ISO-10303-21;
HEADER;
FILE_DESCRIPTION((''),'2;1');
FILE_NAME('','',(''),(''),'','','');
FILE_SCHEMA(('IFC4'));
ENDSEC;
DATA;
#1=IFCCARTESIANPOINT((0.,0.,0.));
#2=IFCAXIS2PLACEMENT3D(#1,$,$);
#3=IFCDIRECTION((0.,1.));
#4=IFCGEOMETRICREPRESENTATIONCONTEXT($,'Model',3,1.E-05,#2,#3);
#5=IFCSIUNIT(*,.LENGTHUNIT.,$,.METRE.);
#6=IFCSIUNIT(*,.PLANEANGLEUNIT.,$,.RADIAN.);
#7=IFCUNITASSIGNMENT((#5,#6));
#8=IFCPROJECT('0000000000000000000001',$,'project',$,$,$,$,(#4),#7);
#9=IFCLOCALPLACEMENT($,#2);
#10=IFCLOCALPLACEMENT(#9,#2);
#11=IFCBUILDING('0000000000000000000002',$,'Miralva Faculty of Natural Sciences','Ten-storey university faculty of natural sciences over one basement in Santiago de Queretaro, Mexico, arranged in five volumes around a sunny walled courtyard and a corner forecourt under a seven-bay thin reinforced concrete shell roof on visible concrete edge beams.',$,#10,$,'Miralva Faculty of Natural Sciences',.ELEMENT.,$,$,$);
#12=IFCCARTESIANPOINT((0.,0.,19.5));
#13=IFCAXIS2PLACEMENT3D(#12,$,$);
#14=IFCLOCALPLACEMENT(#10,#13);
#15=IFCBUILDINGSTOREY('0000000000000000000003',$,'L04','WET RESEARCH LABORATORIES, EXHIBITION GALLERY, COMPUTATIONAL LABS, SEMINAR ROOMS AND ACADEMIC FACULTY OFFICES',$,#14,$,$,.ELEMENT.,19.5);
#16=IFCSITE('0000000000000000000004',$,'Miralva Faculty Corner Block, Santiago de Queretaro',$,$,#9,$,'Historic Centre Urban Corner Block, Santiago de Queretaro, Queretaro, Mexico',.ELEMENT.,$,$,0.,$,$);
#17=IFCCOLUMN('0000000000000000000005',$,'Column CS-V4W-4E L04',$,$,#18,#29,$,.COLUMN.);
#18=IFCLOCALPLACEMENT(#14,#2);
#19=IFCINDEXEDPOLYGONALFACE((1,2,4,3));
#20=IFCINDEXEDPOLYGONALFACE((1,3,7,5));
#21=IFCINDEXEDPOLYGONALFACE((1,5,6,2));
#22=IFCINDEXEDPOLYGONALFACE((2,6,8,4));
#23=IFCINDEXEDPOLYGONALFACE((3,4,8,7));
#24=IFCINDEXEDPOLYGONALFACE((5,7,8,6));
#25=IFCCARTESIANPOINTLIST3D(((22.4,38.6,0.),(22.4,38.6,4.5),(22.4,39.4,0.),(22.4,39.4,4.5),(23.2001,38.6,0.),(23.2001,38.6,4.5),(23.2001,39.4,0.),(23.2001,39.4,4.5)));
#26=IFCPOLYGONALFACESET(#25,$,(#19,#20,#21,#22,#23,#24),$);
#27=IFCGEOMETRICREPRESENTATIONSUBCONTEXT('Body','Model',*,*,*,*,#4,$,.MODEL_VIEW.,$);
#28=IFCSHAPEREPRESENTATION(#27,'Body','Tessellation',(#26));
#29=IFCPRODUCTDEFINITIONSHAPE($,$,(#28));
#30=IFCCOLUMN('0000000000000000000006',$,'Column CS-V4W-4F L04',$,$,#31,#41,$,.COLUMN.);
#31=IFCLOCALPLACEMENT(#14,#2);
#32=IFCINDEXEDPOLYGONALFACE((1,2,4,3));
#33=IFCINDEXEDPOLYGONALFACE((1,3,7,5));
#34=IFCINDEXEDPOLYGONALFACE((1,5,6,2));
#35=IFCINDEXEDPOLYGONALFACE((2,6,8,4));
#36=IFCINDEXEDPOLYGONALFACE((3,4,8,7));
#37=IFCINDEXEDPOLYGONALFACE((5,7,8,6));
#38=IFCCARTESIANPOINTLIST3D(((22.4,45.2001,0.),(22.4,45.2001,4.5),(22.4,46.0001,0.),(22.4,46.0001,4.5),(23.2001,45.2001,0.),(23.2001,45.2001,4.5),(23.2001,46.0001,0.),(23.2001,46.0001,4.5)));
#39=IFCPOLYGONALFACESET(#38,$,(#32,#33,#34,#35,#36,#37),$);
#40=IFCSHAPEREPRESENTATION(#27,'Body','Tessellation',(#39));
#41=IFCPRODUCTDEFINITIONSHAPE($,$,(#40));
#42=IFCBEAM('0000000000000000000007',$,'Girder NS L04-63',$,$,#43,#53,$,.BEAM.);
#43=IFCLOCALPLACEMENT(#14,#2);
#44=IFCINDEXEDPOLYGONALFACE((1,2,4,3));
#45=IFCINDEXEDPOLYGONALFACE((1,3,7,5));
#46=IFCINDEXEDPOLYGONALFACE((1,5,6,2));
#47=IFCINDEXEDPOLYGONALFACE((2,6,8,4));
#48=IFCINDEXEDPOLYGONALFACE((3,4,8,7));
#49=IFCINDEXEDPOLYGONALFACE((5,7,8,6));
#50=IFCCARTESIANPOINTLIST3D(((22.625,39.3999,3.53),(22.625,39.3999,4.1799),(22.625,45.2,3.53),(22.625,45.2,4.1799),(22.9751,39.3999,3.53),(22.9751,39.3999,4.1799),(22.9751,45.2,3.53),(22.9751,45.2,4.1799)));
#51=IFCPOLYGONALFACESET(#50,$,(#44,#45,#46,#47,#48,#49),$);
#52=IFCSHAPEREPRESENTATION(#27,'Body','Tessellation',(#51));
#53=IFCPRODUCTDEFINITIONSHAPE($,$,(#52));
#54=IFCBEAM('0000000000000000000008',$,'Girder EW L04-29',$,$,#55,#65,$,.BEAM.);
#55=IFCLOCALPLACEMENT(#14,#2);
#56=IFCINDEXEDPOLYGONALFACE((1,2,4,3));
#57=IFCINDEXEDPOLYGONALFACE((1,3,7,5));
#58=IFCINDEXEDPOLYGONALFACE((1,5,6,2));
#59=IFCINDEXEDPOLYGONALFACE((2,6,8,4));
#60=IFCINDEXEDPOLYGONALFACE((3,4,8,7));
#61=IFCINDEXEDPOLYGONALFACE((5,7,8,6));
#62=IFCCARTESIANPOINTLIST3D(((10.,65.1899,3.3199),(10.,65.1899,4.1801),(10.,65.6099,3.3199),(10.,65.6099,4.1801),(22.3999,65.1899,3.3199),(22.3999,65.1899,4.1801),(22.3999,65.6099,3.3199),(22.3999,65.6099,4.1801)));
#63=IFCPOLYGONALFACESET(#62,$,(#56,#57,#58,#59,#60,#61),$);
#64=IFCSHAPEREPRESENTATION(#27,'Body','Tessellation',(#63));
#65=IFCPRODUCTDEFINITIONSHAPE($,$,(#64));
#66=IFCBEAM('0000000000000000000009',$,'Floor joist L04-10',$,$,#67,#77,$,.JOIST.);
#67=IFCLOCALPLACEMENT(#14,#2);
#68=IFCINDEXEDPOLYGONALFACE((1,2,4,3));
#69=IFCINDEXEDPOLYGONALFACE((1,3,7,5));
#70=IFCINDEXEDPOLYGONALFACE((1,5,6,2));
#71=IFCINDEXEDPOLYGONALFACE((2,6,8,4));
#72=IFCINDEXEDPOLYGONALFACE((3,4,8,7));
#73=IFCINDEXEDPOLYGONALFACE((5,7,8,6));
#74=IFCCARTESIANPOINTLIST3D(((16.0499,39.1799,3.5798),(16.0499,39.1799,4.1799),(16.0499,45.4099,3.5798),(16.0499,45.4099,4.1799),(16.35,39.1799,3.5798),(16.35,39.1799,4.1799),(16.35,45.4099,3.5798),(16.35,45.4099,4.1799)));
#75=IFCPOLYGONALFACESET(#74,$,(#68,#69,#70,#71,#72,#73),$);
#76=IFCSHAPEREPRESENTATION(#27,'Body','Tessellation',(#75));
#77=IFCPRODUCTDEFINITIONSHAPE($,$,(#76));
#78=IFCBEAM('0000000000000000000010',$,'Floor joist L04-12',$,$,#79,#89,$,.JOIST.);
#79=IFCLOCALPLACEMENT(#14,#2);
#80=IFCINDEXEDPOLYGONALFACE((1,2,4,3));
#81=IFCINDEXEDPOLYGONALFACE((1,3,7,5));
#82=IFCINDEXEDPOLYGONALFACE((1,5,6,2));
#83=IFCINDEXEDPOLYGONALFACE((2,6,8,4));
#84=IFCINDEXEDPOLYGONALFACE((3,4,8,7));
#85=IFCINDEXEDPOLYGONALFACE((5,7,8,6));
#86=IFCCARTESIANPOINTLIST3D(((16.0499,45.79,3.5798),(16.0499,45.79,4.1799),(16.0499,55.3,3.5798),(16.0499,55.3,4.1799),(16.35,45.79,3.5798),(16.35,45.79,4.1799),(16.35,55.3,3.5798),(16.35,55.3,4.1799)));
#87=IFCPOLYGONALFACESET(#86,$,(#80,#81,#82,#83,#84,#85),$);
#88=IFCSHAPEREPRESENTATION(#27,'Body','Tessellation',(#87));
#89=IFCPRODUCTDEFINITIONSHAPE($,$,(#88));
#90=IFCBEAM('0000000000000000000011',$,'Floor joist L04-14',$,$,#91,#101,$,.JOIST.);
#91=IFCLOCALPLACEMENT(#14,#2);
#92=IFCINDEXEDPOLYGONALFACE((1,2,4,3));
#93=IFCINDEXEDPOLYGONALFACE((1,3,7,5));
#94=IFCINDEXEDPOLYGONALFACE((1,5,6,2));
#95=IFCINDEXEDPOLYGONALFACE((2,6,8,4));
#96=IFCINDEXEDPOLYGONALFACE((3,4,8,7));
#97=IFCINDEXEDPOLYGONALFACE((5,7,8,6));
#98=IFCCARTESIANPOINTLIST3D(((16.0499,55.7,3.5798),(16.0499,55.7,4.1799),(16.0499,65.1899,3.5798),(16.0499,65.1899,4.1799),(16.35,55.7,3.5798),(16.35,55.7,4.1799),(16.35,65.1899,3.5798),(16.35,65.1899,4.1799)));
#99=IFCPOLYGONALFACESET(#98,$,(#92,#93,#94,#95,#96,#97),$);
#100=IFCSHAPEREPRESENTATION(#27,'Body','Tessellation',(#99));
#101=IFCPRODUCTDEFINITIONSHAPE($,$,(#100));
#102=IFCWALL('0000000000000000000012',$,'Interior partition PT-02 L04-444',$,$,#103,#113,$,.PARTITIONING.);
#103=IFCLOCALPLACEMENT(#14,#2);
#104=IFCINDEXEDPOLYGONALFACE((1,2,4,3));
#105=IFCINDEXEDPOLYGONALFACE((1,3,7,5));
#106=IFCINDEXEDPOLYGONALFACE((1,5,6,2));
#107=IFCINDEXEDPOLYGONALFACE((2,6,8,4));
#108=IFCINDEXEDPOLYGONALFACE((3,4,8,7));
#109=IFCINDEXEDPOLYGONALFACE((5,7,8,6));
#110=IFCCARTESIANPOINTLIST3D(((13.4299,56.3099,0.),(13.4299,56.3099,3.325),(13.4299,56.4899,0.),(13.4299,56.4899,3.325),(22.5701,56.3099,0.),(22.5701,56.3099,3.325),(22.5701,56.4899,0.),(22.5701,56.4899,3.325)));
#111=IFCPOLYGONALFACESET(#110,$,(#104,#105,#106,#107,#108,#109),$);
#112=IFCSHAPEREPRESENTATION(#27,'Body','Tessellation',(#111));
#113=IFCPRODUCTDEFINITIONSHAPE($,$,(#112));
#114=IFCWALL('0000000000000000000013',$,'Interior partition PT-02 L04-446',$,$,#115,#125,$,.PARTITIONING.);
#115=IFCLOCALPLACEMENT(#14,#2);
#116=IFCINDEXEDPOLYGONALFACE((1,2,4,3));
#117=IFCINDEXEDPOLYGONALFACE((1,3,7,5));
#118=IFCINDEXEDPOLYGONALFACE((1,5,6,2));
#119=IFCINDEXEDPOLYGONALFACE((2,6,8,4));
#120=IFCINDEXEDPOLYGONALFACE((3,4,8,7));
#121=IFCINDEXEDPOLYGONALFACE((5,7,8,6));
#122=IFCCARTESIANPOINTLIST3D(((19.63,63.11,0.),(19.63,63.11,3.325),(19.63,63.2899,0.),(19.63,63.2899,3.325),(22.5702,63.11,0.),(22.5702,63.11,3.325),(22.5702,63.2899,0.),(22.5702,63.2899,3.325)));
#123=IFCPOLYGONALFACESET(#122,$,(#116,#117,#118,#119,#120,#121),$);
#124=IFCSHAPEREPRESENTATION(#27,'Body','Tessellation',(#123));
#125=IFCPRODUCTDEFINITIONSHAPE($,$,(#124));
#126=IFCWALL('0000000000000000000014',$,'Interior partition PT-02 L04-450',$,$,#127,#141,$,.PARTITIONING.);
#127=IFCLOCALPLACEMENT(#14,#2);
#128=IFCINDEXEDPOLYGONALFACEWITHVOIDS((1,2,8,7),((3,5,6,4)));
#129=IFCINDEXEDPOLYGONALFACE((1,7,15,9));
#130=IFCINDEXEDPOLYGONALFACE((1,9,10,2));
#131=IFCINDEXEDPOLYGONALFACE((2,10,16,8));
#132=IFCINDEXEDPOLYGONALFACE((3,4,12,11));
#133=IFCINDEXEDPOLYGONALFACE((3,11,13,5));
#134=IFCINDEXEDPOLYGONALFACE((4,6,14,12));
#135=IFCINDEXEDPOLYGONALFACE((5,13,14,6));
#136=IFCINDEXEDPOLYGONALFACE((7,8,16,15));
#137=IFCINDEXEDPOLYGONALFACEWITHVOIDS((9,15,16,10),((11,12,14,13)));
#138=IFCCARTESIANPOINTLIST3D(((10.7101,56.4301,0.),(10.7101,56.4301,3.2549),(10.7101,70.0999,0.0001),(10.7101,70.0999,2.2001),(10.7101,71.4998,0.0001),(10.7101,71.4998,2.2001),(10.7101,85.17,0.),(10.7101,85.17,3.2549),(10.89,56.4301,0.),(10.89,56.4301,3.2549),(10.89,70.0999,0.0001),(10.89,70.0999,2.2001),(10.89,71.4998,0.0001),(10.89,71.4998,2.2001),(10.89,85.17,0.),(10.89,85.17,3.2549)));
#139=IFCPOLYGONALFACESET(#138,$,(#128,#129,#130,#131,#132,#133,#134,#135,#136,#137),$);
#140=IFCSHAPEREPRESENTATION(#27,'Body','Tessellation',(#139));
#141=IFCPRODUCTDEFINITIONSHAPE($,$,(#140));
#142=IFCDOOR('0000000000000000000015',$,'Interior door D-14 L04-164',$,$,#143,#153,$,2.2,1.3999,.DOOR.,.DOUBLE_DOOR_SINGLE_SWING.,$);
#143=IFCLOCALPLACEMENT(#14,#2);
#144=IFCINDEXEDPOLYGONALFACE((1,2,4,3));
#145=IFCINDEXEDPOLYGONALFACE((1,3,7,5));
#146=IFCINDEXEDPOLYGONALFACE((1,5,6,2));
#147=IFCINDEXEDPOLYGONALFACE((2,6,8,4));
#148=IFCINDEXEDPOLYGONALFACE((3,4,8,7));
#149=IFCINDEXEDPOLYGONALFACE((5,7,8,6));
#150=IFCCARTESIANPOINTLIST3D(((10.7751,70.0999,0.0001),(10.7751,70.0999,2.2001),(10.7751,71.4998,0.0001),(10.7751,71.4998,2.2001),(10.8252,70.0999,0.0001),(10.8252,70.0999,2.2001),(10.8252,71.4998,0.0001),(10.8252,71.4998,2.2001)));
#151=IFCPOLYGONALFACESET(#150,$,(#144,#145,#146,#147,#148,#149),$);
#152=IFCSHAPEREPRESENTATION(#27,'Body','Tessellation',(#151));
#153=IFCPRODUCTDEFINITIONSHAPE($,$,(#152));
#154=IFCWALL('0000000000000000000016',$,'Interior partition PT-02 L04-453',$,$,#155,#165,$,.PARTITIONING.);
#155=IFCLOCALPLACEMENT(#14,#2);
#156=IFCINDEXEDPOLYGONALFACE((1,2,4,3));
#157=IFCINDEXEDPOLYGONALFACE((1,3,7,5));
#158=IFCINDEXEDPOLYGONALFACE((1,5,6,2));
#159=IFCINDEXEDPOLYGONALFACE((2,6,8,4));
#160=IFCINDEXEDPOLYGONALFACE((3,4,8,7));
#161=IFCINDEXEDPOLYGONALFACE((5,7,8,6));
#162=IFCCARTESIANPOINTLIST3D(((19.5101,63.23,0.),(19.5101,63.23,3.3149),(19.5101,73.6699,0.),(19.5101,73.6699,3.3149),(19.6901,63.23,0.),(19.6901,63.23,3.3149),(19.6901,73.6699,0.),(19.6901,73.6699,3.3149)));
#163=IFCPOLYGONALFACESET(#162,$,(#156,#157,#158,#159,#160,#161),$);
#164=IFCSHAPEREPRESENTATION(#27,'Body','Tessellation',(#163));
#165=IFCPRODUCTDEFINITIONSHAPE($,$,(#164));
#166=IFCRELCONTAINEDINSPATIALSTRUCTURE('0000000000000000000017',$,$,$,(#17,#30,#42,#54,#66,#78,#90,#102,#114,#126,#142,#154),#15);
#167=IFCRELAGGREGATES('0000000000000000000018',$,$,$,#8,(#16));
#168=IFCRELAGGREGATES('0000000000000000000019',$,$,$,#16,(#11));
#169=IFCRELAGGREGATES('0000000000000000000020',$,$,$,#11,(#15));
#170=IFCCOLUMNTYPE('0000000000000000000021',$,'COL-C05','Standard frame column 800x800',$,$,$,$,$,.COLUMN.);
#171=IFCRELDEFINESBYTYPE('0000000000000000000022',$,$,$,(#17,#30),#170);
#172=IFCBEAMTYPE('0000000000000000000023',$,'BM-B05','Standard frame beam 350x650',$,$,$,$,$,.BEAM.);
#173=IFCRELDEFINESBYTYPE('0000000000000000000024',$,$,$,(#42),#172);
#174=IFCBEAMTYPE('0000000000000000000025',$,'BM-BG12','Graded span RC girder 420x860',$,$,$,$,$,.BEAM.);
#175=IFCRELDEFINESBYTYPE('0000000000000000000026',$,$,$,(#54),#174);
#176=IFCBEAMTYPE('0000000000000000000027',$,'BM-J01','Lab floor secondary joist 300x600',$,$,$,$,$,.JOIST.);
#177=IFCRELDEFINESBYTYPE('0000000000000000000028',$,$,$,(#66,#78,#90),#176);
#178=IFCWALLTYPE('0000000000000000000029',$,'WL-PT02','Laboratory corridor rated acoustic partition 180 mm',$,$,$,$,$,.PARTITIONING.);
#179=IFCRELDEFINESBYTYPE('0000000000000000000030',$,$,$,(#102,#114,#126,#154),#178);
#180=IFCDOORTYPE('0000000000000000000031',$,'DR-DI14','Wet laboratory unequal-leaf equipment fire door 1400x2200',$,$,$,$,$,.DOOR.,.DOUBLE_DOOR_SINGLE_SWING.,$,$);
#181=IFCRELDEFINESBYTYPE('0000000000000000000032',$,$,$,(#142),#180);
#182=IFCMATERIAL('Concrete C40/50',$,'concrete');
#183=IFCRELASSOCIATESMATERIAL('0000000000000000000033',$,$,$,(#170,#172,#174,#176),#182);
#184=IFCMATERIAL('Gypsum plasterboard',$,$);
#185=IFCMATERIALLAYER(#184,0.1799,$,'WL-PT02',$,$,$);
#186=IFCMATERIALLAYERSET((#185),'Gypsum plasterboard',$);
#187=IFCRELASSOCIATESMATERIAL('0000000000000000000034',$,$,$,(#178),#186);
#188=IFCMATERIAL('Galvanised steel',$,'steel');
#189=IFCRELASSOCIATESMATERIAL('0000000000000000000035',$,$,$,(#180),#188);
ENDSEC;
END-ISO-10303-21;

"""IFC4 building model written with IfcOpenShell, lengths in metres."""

from ifc_helpers import new_model, si_unit, direction, frame, frame_2d, origin, origin_2d, place, context, subcontext, project, spatial, rectangle, extrude, material, layer, layer_set, material_profile, profile_set, type_object, element, fill, save


model = new_model("IFC4")

# Units and contexts
model_context = context("Model", 3, precision=1e-05, world=origin(), true_north=direction((0.0, 1.0)))
body_context = subcontext(model_context, "Body", "Model", "MODEL_VIEW")
ifc_project = project(units=[si_unit("LENGTHUNIT", "METRE"), si_unit("PLANEANGLEUNIT", "RADIAN")], contexts=[model_context])

# Site, building, storey
site_placement = place(None, origin())
site = spatial("IfcSite", under=ifc_project, at=site_placement, Name="Miralva Faculty Corner Block, Santiago de Queretaro", LongName="Historic Centre Urban Corner Block, Santiago de Queretaro, Queretaro, Mexico", CompositionType="ELEMENT", RefElevation=0.0)
building_placement = place(site_placement, origin())
building = spatial("IfcBuilding", under=site, at=building_placement, Name="Miralva Faculty of Natural Sciences", Description="Ten-storey university faculty of natural sciences over one basement in Santiago de Queretaro, Mexico, arranged in five volumes around a sunny walled courtyard and a corner forecourt under a seven-bay thin reinforced concrete shell roof on visible concrete edge beams.", LongName="Miralva Faculty of Natural Sciences", CompositionType="ELEMENT")
storey_placement = place(building_placement, frame((0.0, 0.0, 19.5)))
storey = spatial("IfcBuildingStorey", under=building, at=storey_placement, Name="L04", Description="WET RESEARCH LABORATORIES, EXHIBITION GALLERY, COMPUTATIONAL LABS, SEMINAR ROOMS AND ACADEMIC FACULTY OFFICES", CompositionType="ELEMENT", Elevation=19.5)

# Columns
ifc_material_1 = material(Name="Concrete C40/50", Category="concrete")
ifc_material_profile_1 = material_profile(ifc_material_1, rectangle(XDim=0.8, YDim=0.8, at=origin_2d()), Name="RC 800x800")
ifc_profile_set_1 = profile_set([ifc_material_profile_1], Name="Concrete C40/50")
column_type = type_object("IfcColumnType", Name="COL-C05", Description="Standard frame column 800x800", PredefinedType="COLUMN", material=ifc_profile_set_1)
for number, where, z_axis, x_axis, name in (
    (1, (22.8, 39.0, 0.0), (0.0, 0.0, 1.0), (1.0, 0.0, 0.0), "Column CS-V4W-4E L04"),
    (2, (22.8, 45.6001, 0.0), (0.0, 0.0, 1.0), (1.0, 0.0, 0.0), "Column CS-V4W-4F L04"),
):
    element("IfcColumn", number, at=place(storey_placement, frame(where, z_axis=z_axis, x_axis=x_axis)), inside=storey, type_object=column_type, Name=name, PredefinedType="COLUMN", context=body_context, shape_type="SweptSolid", body=[
        extrude(rectangle(XDim=0.8, YDim=0.8, at=origin_2d()), origin(), (0.0, 0.0, 1.0), 4.5),
    ])

# Beams
ifc_material_profile_2 = material_profile(ifc_material_1, rectangle(XDim=0.3501, YDim=0.6499, at=origin_2d()), Name="RC 350x650")
ifc_profile_set_2 = profile_set([ifc_material_profile_2], Name="Concrete C40/50")
beam_type_1 = type_object("IfcBeamType", Name="BM-B05", Description="Standard frame beam 350x650", PredefinedType="BEAM", material=ifc_profile_set_2)
beam_1_placement = place(storey_placement, frame((22.8, 39.3999, 3.855), z_axis=(0.0, 1.0, 0.0), x_axis=(-1.0, 0.0, 0.0)))
element("IfcBeam", 3, at=beam_1_placement, inside=storey, type_object=beam_type_1, Name="Girder NS L04-63", PredefinedType="BEAM", context=body_context, shape_type="SweptSolid", body=[
    extrude(rectangle(XDim=0.3501, YDim=0.6499, at=origin_2d()), origin(), (0.0, 0.0, 1.0), 5.8),
])
ifc_material_profile_3 = material_profile(ifc_material_1, rectangle(XDim=0.4199, YDim=0.8601, at=origin_2d()), Name="RC 420x860")
ifc_profile_set_3 = profile_set([ifc_material_profile_3], Name="Concrete C40/50")
beam_type_2 = type_object("IfcBeamType", Name="BM-BG12", Description="Graded span RC girder 420x860", PredefinedType="BEAM", material=ifc_profile_set_3)
beam_2_placement = place(storey_placement, frame((10.0, 65.3999, 3.75), z_axis=(1.0, 0.0, 0.0), x_axis=(0.0, 1.0, 0.0)))
element("IfcBeam", 4, at=beam_2_placement, inside=storey, type_object=beam_type_2, Name="Girder EW L04-29", PredefinedType="BEAM", context=body_context, shape_type="SweptSolid", body=[
    extrude(rectangle(XDim=0.4199, YDim=0.8601, at=origin_2d()), origin(), (0.0, 0.0, 1.0), 12.3999),
])
ifc_material_profile_4 = material_profile(ifc_material_1, rectangle(XDim=0.3, YDim=0.6001, at=origin_2d()), Name="RC 300x600")
ifc_profile_set_4 = profile_set([ifc_material_profile_4], Name="Concrete C40/50")
beam_type_3 = type_object("IfcBeamType", Name="BM-J01", Description="Lab floor secondary joist 300x600", PredefinedType="JOIST", material=ifc_profile_set_4)
beam_3_placement = place(storey_placement, frame((16.2, 39.1799, 3.8799), z_axis=(0.0, 1.0, 0.0), x_axis=(-1.0, 0.0, 0.0)))
element("IfcBeam", 5, at=beam_3_placement, inside=storey, type_object=beam_type_3, Name="Floor joist L04-10", PredefinedType="JOIST", context=body_context, shape_type="SweptSolid", body=[
    extrude(rectangle(XDim=0.3, YDim=0.6001, at=origin_2d()), origin(), (0.0, 0.0, 1.0), 6.23),
])
beam_4_placement = place(storey_placement, frame((16.2, 45.79, 3.8799), z_axis=(0.0, 1.0, 0.0), x_axis=(-1.0, 0.0, 0.0)))
element("IfcBeam", 6, at=beam_4_placement, inside=storey, type_object=beam_type_3, Name="Floor joist L04-12", PredefinedType="JOIST", context=body_context, shape_type="SweptSolid", body=[
    extrude(rectangle(XDim=0.3, YDim=0.6001, at=origin_2d()), origin(), (0.0, 0.0, 1.0), 9.51),
])
beam_5_placement = place(storey_placement, frame((16.2, 55.7, 3.8799), z_axis=(0.0, 1.0, 0.0), x_axis=(-1.0, 0.0, 0.0)))
element("IfcBeam", 7, at=beam_5_placement, inside=storey, type_object=beam_type_3, Name="Floor joist L04-14", PredefinedType="JOIST", context=body_context, shape_type="SweptSolid", body=[
    extrude(rectangle(XDim=0.3, YDim=0.6001, at=origin_2d()), origin(), (0.0, 0.0, 1.0), 9.49),
])

# Walls
ifc_material_2 = material(Name="Gypsum plasterboard")
ifc_layer_1 = layer(ifc_material_2, 0.1799, Name="WL-PT02")
ifc_layer_set_1 = layer_set([ifc_layer_1], Name="Gypsum plasterboard")
wall_type_1 = type_object("IfcWallType", Name="WL-PT02", Description="Laboratory corridor rated acoustic partition 180 mm", PredefinedType="PARTITIONING", material=ifc_layer_set_1)
wall_1_placement = place(storey_placement, frame((13.4299, 56.3999, 0.0), z_axis=(0.0, 0.0, 1.0), x_axis=(1.0, 0.0, 0.0)))
element("IfcWall", 8, at=wall_1_placement, inside=storey, type_object=wall_type_1, Name="Interior partition PT-02 L04-444", PredefinedType="PARTITIONING", context=body_context, shape_type="SweptSolid", body=[
    extrude(rectangle(XDim=9.1401, YDim=0.1799, at=frame_2d((4.5701, 0.0))), origin(), (0.0, 0.0, 1.0), 3.325),
])
wall_2_placement = place(storey_placement, frame((19.6299, 63.2, 0.0), z_axis=(0.0, 0.0, 1.0), x_axis=(1.0, 0.0, 0.0)))
element("IfcWall", 9, at=wall_2_placement, inside=storey, type_object=wall_type_1, Name="Interior partition PT-02 L04-446", PredefinedType="PARTITIONING", context=body_context, shape_type="SweptSolid", body=[
    extrude(rectangle(XDim=2.9402, YDim=0.1799, at=frame_2d((1.4702, 0.0))), origin(), (0.0, 0.0, 1.0), 3.325),
])

# Wall, opening, door
wall_3_placement = place(storey_placement, frame((10.8, 56.4299, 0.0), z_axis=(0.0, 0.0, 1.0), x_axis=(0.0, 1.0, 0.0)))
wall_3 = element("IfcWall", 10, at=wall_3_placement, inside=storey, type_object=wall_type_1, Name="Interior partition PT-02 L04-450", PredefinedType="PARTITIONING", context=body_context, shape_type="SweptSolid", body=[
    extrude(rectangle(XDim=28.74, YDim=0.1799, at=frame_2d((14.3701, 0.0))), origin(), (0.0, 0.0, 1.0), 3.2549),
])
opening_1_placement = place(wall_3_placement, frame((13.6699, 0.0, 0.0)))
opening_1 = element("IfcOpeningElement", 11, at=opening_1_placement, cuts=wall_3, PredefinedType="OPENING", context=body_context, shape_type="SweptSolid", body=[
    extrude(rectangle(XDim=1.3999, YDim=2.2, at=frame_2d((0.7, 1.1001))), frame((0.0, 0.0999, 0.0), z_axis=(0.0, -1.0, 0.0), x_axis=(1.0, 0.0, 0.0)), (0.0, 0.0, 1.0), 0.2),
])
ifc_material_3 = material(Name="Galvanised steel", Category="steel")
door_type_1 = type_object("IfcDoorType", Name="DR-DI14", Description="Wet laboratory unequal-leaf equipment fire door 1400x2200", OperationType="DOUBLE_DOOR_SINGLE_SWING", PredefinedType="DOOR", material=ifc_material_3)
door_1_placement = place(opening_1_placement, origin())
door_1 = element("IfcDoor", 12, at=door_1_placement, inside=storey, type_object=door_type_1, Name="Interior door D-14 L04-164", OperationType="DOUBLE_DOOR_SINGLE_SWING", OverallHeight=2.2, OverallWidth=1.3999, PredefinedType="DOOR", context=body_context, shape_type="SweptSolid", body=[
    extrude(rectangle(XDim=1.3999, YDim=2.2, at=frame_2d((0.7, 1.1001))), frame((0.0, 0.0249, 0.0), z_axis=(0.0, -1.0, 0.0), x_axis=(1.0, 0.0, 0.0)), (0.0, 0.0, 1.0), 0.05),
])
fill(opening_1, door_1)

# Wall
wall_4_placement = place(storey_placement, frame((19.6001, 63.23, 0.0), z_axis=(0.0, 0.0, 1.0), x_axis=(0.0, 1.0, 0.0)))
element("IfcWall", 13, at=wall_4_placement, inside=storey, type_object=wall_type_1, Name="Interior partition PT-02 L04-453", PredefinedType="PARTITIONING", context=body_context, shape_type="SweptSolid", body=[
    extrude(rectangle(XDim=10.4399, YDim=0.1799, at=frame_2d((5.22, 0.0))), origin(), (0.0, 0.0, 1.0), 3.3149),
])

save(model, "model.ifc")
